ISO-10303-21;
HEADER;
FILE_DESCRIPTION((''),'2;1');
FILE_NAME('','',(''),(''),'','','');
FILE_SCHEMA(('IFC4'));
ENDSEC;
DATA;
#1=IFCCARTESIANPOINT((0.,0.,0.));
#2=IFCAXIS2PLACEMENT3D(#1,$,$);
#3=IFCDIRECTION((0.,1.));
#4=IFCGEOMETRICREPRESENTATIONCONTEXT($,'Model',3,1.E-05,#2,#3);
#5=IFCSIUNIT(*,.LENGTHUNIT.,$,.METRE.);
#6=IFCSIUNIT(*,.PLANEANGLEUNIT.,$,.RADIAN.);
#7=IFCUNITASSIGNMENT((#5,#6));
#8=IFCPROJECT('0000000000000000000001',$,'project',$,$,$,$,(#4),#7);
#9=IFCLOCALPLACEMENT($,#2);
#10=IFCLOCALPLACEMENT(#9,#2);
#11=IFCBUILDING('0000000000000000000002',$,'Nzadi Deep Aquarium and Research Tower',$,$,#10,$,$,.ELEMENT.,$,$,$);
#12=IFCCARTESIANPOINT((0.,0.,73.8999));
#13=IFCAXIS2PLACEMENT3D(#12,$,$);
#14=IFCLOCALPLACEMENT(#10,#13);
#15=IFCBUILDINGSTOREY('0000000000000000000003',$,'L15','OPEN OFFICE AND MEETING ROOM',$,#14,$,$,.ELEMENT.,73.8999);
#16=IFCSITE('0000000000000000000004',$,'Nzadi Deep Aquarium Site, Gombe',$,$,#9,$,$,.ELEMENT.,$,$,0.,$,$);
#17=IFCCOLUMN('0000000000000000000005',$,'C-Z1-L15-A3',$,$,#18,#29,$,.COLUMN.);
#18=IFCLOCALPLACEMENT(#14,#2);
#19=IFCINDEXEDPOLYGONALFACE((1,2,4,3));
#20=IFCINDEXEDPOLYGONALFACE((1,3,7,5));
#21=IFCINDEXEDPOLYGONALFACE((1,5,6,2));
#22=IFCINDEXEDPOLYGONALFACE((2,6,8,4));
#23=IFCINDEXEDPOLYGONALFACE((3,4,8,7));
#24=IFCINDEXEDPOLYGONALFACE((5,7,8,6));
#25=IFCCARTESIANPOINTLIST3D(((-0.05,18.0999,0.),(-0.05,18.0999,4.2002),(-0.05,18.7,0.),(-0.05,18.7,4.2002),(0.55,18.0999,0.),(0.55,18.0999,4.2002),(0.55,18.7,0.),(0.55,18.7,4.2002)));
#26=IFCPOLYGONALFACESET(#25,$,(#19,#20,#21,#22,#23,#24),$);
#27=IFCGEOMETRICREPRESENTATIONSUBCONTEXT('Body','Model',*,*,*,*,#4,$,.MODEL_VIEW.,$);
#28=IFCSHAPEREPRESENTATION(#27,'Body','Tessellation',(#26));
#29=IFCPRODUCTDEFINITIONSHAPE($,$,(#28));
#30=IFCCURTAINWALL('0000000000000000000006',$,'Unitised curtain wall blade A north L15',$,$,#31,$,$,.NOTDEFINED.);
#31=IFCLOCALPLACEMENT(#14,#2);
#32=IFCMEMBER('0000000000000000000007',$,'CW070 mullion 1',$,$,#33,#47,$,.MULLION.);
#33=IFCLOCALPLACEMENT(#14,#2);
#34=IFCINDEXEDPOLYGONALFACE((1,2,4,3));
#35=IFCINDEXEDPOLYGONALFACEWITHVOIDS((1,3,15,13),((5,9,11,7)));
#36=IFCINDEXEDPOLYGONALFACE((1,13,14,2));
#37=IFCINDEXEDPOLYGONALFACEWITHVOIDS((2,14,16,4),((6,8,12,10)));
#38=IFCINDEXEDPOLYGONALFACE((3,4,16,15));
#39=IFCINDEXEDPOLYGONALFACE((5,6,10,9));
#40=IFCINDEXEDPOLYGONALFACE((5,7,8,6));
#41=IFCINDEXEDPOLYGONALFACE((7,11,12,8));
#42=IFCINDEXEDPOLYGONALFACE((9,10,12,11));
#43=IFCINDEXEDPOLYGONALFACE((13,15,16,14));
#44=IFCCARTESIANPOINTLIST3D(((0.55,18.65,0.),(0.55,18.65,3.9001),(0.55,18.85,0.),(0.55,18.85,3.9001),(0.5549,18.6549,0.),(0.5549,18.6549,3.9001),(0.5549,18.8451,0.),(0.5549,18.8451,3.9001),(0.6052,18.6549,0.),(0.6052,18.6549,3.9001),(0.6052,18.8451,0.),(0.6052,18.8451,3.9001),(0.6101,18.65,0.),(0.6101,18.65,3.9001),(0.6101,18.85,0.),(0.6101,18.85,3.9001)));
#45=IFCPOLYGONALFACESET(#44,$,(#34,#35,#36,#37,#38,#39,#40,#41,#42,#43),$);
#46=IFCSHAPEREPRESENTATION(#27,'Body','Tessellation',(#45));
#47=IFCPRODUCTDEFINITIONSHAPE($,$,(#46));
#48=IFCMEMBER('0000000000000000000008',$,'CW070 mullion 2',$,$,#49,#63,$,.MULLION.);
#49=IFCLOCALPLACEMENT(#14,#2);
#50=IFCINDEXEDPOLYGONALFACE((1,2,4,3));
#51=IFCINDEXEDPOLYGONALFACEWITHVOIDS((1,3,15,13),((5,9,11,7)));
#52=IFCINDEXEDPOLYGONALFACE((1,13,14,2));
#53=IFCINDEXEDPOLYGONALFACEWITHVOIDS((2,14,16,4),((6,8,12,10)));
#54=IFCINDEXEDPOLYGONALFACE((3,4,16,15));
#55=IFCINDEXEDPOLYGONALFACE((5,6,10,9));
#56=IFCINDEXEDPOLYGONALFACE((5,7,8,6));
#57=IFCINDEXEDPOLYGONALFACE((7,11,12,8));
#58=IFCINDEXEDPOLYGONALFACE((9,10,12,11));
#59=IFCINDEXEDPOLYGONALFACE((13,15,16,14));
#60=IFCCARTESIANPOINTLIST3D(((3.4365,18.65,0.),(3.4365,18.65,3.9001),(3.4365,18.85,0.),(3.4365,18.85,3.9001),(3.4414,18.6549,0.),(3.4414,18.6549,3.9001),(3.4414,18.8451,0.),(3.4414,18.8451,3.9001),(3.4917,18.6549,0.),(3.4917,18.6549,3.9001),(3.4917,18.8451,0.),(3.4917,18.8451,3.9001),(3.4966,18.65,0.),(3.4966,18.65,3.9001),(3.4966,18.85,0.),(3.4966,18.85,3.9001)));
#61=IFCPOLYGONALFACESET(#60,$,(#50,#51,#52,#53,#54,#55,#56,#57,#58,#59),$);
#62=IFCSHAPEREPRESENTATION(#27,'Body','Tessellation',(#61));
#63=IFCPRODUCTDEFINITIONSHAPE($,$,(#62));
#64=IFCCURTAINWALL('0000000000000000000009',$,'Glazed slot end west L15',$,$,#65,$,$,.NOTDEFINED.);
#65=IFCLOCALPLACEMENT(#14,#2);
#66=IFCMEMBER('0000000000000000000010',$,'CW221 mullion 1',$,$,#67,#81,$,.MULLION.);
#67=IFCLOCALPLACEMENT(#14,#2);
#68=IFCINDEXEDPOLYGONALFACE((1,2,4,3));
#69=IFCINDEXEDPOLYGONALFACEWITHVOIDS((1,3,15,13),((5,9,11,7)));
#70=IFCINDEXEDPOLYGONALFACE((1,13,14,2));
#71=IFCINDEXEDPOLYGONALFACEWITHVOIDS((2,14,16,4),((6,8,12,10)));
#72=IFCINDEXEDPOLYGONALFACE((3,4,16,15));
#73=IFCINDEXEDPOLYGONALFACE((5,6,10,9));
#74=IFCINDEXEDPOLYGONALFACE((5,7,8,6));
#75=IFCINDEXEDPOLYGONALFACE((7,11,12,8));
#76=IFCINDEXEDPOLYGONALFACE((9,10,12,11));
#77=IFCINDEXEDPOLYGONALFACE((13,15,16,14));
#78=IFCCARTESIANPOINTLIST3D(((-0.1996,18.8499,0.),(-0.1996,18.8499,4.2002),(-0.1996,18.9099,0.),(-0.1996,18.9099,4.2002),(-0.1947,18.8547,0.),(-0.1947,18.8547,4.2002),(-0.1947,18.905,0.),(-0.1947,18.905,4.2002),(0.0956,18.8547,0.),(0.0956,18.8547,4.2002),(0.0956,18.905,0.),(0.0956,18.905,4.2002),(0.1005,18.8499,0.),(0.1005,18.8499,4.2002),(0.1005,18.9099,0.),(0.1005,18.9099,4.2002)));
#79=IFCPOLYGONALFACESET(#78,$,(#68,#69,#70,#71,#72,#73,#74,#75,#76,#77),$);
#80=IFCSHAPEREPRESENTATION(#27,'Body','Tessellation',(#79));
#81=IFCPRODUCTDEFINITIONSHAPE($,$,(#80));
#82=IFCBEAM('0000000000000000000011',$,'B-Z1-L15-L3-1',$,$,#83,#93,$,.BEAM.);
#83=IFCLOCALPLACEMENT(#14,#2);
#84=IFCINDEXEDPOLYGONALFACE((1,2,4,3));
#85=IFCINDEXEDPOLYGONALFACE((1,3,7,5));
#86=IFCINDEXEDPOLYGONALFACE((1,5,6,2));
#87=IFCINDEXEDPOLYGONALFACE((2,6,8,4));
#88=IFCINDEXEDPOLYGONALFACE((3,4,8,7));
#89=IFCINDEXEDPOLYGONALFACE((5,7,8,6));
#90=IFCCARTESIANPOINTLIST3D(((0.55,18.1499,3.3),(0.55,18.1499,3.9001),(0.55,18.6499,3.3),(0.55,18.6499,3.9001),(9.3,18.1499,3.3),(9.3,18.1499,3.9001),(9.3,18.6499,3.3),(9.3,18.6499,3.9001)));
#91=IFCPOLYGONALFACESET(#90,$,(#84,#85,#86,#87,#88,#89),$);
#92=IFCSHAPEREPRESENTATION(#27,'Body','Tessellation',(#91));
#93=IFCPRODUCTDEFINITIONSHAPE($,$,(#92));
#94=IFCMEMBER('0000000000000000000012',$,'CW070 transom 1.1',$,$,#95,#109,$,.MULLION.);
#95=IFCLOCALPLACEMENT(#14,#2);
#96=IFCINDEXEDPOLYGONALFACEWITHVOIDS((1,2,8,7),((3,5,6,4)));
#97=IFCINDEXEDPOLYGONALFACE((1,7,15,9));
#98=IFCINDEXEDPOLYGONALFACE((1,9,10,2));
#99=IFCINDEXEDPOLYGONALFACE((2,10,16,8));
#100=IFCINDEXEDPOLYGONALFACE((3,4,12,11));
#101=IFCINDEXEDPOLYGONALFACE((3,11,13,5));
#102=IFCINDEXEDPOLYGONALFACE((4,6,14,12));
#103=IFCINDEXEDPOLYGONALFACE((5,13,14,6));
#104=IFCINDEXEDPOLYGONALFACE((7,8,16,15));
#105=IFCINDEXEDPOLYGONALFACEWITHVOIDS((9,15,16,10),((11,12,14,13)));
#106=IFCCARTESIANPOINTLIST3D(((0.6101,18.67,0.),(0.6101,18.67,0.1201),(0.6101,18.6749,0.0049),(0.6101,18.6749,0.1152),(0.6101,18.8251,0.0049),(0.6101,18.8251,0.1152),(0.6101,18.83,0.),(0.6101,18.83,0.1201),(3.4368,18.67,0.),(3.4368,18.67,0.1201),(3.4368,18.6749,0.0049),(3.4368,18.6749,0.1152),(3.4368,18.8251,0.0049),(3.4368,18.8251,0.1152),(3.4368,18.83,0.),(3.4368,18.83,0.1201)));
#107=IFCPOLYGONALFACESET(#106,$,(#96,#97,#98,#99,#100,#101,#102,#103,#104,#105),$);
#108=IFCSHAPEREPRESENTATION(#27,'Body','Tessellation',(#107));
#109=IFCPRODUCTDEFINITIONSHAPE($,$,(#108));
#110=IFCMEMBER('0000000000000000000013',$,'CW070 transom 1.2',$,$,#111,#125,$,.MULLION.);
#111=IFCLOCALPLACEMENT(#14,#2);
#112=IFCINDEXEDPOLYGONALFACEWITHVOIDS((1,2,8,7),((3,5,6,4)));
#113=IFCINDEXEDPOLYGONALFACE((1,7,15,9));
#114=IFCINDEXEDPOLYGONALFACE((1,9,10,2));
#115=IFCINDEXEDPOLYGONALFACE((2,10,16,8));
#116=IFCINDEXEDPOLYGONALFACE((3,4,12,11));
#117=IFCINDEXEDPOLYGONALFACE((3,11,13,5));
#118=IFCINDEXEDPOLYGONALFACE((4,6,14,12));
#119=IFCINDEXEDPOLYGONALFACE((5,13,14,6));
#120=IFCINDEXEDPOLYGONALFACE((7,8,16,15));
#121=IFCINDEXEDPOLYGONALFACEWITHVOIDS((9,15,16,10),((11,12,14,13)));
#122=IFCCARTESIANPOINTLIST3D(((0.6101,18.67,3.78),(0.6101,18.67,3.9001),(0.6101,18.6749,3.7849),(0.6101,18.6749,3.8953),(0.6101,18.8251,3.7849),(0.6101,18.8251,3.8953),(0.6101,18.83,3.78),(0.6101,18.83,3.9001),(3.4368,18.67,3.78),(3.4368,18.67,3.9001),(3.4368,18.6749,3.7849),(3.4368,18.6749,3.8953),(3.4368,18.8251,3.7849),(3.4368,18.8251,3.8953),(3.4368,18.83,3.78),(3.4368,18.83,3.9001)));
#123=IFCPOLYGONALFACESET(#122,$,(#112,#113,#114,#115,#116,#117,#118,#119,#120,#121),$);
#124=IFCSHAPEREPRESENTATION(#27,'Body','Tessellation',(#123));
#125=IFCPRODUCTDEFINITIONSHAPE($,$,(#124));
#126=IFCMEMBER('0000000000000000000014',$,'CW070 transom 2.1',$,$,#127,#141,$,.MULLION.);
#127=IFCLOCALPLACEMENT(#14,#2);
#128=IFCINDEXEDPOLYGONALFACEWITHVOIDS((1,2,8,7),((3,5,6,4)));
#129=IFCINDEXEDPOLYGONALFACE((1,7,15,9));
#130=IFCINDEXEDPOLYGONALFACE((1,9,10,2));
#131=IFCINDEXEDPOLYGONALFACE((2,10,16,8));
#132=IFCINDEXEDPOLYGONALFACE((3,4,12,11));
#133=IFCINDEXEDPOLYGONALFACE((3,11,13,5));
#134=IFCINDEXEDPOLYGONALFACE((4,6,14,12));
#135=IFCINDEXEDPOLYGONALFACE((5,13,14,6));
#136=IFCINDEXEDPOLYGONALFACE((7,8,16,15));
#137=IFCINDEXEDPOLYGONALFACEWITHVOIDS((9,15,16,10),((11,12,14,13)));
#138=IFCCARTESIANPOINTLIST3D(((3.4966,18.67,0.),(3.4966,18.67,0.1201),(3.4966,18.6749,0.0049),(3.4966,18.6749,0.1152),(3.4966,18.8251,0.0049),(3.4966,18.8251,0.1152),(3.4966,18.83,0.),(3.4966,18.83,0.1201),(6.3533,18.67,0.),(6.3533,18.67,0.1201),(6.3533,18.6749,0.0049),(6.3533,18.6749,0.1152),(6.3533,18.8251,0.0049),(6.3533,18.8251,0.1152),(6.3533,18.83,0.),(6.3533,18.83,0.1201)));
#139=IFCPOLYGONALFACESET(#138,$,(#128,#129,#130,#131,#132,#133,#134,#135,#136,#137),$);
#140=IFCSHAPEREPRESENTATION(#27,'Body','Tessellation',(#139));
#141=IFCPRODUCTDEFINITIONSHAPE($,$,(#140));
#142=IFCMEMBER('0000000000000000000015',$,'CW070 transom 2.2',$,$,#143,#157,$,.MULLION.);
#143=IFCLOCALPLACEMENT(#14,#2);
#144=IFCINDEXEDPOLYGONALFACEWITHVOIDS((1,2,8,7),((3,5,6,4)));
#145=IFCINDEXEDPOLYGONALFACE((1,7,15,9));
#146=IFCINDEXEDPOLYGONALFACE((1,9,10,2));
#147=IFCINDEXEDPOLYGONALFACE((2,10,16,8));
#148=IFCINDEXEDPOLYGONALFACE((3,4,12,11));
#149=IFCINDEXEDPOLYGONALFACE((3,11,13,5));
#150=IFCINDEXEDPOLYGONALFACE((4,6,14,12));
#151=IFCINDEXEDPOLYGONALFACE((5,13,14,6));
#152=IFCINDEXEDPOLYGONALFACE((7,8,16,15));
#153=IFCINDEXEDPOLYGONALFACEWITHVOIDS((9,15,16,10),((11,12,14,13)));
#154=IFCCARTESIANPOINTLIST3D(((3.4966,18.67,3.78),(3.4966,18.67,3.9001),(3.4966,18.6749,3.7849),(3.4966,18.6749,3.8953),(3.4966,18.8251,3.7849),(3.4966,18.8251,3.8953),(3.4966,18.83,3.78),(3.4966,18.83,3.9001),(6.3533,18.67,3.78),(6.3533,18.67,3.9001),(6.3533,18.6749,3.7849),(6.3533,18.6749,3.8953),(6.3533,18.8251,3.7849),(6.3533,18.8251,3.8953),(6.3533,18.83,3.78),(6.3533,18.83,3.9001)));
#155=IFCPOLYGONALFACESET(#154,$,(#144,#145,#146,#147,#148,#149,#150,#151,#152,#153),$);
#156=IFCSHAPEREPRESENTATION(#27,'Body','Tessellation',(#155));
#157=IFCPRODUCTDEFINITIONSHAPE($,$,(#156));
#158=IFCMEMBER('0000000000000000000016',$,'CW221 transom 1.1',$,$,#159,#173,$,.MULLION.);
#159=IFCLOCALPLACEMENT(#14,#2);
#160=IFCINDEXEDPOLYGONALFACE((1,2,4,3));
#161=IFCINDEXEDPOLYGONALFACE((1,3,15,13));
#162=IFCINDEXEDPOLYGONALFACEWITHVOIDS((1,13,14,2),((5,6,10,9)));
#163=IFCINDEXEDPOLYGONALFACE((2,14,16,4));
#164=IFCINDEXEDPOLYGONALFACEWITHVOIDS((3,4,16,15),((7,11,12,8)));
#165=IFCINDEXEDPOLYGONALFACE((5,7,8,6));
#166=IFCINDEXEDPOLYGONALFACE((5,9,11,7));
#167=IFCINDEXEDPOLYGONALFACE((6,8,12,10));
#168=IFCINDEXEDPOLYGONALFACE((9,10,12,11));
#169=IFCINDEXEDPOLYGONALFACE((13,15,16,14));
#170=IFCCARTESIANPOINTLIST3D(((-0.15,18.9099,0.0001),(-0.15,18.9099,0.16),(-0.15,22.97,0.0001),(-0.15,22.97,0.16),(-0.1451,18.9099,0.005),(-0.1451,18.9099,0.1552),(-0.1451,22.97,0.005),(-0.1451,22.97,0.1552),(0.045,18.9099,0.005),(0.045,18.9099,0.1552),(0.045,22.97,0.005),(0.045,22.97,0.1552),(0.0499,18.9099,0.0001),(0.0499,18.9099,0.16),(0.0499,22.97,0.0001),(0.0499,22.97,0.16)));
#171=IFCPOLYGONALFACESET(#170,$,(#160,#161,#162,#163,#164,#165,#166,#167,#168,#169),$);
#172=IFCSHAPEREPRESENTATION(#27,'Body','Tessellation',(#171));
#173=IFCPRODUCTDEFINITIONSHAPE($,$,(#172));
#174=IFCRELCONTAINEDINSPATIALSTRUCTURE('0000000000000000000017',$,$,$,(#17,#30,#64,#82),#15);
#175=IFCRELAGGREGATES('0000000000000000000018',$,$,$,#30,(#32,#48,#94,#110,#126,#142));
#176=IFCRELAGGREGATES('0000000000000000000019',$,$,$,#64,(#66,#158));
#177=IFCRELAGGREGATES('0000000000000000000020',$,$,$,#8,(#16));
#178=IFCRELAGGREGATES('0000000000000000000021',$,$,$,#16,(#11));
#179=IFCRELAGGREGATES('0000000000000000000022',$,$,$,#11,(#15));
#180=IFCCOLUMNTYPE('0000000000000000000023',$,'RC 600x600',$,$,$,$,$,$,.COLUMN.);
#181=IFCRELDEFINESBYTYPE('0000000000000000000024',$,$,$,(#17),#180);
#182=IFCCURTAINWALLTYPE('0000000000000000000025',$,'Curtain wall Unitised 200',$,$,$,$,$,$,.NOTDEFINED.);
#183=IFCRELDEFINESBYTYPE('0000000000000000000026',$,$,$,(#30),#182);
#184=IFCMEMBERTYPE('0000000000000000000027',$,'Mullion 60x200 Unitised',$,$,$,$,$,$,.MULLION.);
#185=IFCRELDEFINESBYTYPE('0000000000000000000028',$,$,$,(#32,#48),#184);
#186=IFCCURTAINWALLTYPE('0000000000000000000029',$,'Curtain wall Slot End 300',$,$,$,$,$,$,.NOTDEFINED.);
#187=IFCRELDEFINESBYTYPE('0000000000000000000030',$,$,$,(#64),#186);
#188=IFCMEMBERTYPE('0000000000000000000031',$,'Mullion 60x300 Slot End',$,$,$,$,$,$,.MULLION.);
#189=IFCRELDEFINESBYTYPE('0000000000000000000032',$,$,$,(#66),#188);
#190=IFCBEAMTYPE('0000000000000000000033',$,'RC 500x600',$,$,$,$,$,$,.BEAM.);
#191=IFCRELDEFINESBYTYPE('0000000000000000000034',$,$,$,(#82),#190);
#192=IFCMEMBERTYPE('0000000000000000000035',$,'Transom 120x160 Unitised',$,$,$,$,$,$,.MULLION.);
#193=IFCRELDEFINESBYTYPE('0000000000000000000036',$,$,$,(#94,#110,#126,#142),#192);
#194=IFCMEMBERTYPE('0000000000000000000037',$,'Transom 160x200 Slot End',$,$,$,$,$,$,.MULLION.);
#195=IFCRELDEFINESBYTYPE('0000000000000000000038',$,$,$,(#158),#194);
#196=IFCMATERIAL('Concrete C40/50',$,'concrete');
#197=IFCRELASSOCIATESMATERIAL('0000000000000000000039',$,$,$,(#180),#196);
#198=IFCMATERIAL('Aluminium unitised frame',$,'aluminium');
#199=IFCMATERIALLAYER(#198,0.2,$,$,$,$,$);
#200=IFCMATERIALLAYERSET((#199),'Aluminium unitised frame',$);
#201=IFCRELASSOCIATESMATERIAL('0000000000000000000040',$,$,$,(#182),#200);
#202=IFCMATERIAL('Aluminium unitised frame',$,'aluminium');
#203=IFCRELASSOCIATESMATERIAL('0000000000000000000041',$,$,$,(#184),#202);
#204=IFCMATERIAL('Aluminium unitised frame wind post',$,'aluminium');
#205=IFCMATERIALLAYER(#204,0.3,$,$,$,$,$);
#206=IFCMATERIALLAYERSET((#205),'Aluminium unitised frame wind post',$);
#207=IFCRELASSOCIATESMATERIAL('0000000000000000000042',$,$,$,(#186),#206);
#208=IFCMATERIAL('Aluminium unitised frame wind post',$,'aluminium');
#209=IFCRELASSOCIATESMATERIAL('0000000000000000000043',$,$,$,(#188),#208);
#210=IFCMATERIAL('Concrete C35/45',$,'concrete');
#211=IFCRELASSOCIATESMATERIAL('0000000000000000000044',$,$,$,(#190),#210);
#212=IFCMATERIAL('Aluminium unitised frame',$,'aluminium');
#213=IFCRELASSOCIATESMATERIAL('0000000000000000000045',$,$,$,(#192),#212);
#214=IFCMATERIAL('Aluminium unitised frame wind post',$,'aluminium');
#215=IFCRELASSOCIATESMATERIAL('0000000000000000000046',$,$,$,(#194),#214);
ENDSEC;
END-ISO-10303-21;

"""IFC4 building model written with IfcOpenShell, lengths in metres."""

from ifc_helpers import new_model, si_unit, direction, frame, origin, origin_2d, place, context, subcontext, project, spatial, rectangle, hollow_rectangle, extrude, material, layer, layer_set, material_profile, profile_set, type_object, element, aggregate, save


model = new_model("IFC4")

# Units and contexts
model_context = context("Model", 3, precision=1e-05, world=origin(), true_north=direction((0.0, 1.0)))
body_context = subcontext(model_context, "Body", "Model", "MODEL_VIEW")
ifc_project = project(units=[si_unit("LENGTHUNIT", "METRE"), si_unit("PLANEANGLEUNIT", "RADIAN")], contexts=[model_context])

# Site, building, storey
site_placement = place(None, origin())
site = spatial("IfcSite", under=ifc_project, at=site_placement, Name="Nzadi Deep Aquarium Site, Gombe", CompositionType="ELEMENT", RefElevation=0.0)
building_placement = place(site_placement, origin())
building = spatial("IfcBuilding", under=site, at=building_placement, Name="Nzadi Deep Aquarium and Research Tower", CompositionType="ELEMENT")
storey_placement = place(building_placement, frame((0.0, 0.0, 73.8999)))
storey = spatial("IfcBuildingStorey", under=building, at=storey_placement, Name="L15", Description="OPEN OFFICE AND MEETING ROOM", CompositionType="ELEMENT", Elevation=73.8999)

# Column
ifc_material_1 = material(Name="Concrete C40/50", Category="concrete")
ifc_material_profile_1 = material_profile(ifc_material_1, rectangle(XDim=0.6001, YDim=0.6001, at=origin_2d()))
ifc_profile_set_1 = profile_set([ifc_material_profile_1], Name="Concrete C40/50")
column_type = type_object("IfcColumnType", Name="RC 600x600", PredefinedType="COLUMN", material=ifc_profile_set_1)
column_placement = place(storey_placement, frame((0.25, 18.3999, 0.0), z_axis=(0.0, 0.0, 1.0), x_axis=(1.0, 0.0, 0.0)))
element("IfcColumn", 1, at=column_placement, inside=storey, type_object=column_type, Name="C-Z1-L15-A3", PredefinedType="COLUMN", context=body_context, shape_type="SweptSolid", body=[
    extrude(rectangle(XDim=0.6001, YDim=0.6001, at=origin_2d()), origin(), (0.0, 0.0, 1.0), 4.2002),
])

# Curtain wall, members
ifc_material_2 = material(Name="Aluminium unitised frame", Category="aluminium")
ifc_layer_1 = layer(ifc_material_2, 0.2)
ifc_layer_set_1 = layer_set([ifc_layer_1], Name="Aluminium unitised frame")
curtain_wall_type_1 = type_object("IfcCurtainWallType", Name="Curtain wall Unitised 200", PredefinedType="NOTDEFINED", material=ifc_layer_set_1)
curtain_wall_1_placement = place(storey_placement, origin())
curtain_wall_1 = element("IfcCurtainWall", 2, at=curtain_wall_1_placement, inside=storey, type_object=curtain_wall_type_1, Name="Unitised curtain wall blade A north L15", PredefinedType="NOTDEFINED")
ifc_material_3 = material(Name="Aluminium unitised frame", Category="aluminium")
ifc_material_profile_2 = material_profile(ifc_material_3, hollow_rectangle(XDim=0.2, YDim=0.0601, WallThickness=0.0049, at=origin_2d()))
ifc_profile_set_2 = profile_set([ifc_material_profile_2], Name="Aluminium unitised frame")
member_type_1 = type_object("IfcMemberType", Name="Mullion 60x200 Unitised", PredefinedType="MULLION", material=ifc_profile_set_2)
member_1_placement = place(storey_placement, frame((0.5801, 18.75, 0.0), z_axis=(0.0, 0.0, 1.0), x_axis=(0.0, 1.0, 0.0)))
member_1 = element("IfcMember", 3, at=member_1_placement, type_object=member_type_1, Name="CW070 mullion 1", PredefinedType="MULLION", context=body_context, shape_type="SweptSolid", body=[
    extrude(hollow_rectangle(XDim=0.2, YDim=0.0601, WallThickness=0.0049, at=origin_2d()), origin(), (0.0, 0.0, 1.0), 3.9001),
])
member_2_placement = place(storey_placement, frame((3.4666, 18.75, 0.0), z_axis=(0.0, 0.0, 1.0), x_axis=(0.0, 1.0, 0.0)))
member_2 = element("IfcMember", 4, at=member_2_placement, type_object=member_type_1, Name="CW070 mullion 2", PredefinedType="MULLION", context=body_context, shape_type="SweptSolid", body=[
    extrude(hollow_rectangle(XDim=0.2, YDim=0.0601, WallThickness=0.0049, at=origin_2d()), origin(), (0.0, 0.0, 1.0), 3.9001),
])

# Curtain wall, member
ifc_material_4 = material(Name="Aluminium unitised frame wind post", Category="aluminium")
ifc_layer_2 = layer(ifc_material_4, 0.3)
ifc_layer_set_2 = layer_set([ifc_layer_2], Name="Aluminium unitised frame wind post")
curtain_wall_type_2 = type_object("IfcCurtainWallType", Name="Curtain wall Slot End 300", PredefinedType="NOTDEFINED", material=ifc_layer_set_2)
curtain_wall_2_placement = place(storey_placement, origin())
curtain_wall_2 = element("IfcCurtainWall", 5, at=curtain_wall_2_placement, inside=storey, type_object=curtain_wall_type_2, Name="Glazed slot end west L15", PredefinedType="NOTDEFINED")
ifc_material_5 = material(Name="Aluminium unitised frame wind post", Category="aluminium")
ifc_material_profile_3 = material_profile(ifc_material_5, hollow_rectangle(XDim=0.3, YDim=0.0601, WallThickness=0.0049, at=origin_2d()))
ifc_profile_set_3 = profile_set([ifc_material_profile_3], Name="Aluminium unitised frame wind post")
member_type_2 = type_object("IfcMemberType", Name="Mullion 60x300 Slot End", PredefinedType="MULLION", material=ifc_profile_set_3)
member_3_placement = place(storey_placement, frame((-0.0496, 18.8799, 0.0), z_axis=(0.0, 0.0, 1.0), x_axis=(-1.0, 0.0, 0.0)))
member_3 = element("IfcMember", 6, at=member_3_placement, type_object=member_type_2, Name="CW221 mullion 1", PredefinedType="MULLION", context=body_context, shape_type="SweptSolid", body=[
    extrude(hollow_rectangle(XDim=0.3, YDim=0.0601, WallThickness=0.0049, at=origin_2d()), origin(), (0.0, 0.0, 1.0), 4.2002),
])

# Beam
ifc_material_6 = material(Name="Concrete C35/45", Category="concrete")
ifc_material_profile_4 = material_profile(ifc_material_6, rectangle(XDim=0.5, YDim=0.6001, at=origin_2d()))
ifc_profile_set_4 = profile_set([ifc_material_profile_4], Name="Concrete C35/45")
beam_type = type_object("IfcBeamType", Name="RC 500x600", PredefinedType="BEAM", material=ifc_profile_set_4)
beam_placement = place(storey_placement, frame((0.55, 18.3999, 3.6001), z_axis=(1.0, 0.0, 0.0), x_axis=(0.0, 1.0, 0.0)))
element("IfcBeam", 7, at=beam_placement, inside=storey, type_object=beam_type, Name="B-Z1-L15-L3-1", PredefinedType="BEAM", context=body_context, shape_type="SweptSolid", body=[
    extrude(rectangle(XDim=0.5, YDim=0.6001, at=origin_2d()), origin(), (0.0, 0.0, 1.0), 8.75),
])

# Members
ifc_material_7 = material(Name="Aluminium unitised frame", Category="aluminium")
ifc_material_profile_5 = material_profile(ifc_material_7, hollow_rectangle(XDim=0.1599, YDim=0.1201, WallThickness=0.0049, at=origin_2d()))
ifc_profile_set_5 = profile_set([ifc_material_profile_5], Name="Aluminium unitised frame")
member_type_3 = type_object("IfcMemberType", Name="Transom 120x160 Unitised", PredefinedType="MULLION", material=ifc_profile_set_5)
member_4_placement = place(storey_placement, frame((0.6101, 18.75, 0.0601), z_axis=(1.0, 0.0, 0.0), x_axis=(0.0, 1.0, 0.0)))
member_4 = element("IfcMember", 8, at=member_4_placement, type_object=member_type_3, Name="CW070 transom 1.1", PredefinedType="MULLION", context=body_context, shape_type="SweptSolid", body=[
    extrude(hollow_rectangle(XDim=0.1599, YDim=0.1201, WallThickness=0.0049, at=origin_2d()), origin(), (0.0, 0.0, 1.0), 2.8267),
])
member_5_placement = place(storey_placement, frame((0.6101, 18.75, 3.8401), z_axis=(1.0, 0.0, 0.0), x_axis=(0.0, 1.0, 0.0)))
member_5 = element("IfcMember", 9, at=member_5_placement, type_object=member_type_3, Name="CW070 transom 1.2", PredefinedType="MULLION", context=body_context, shape_type="SweptSolid", body=[
    extrude(hollow_rectangle(XDim=0.1599, YDim=0.1201, WallThickness=0.0049, at=origin_2d()), origin(), (0.0, 0.0, 1.0), 2.8267),
])
member_6_placement = place(storey_placement, frame((3.4966, 18.75, 0.0601), z_axis=(1.0, 0.0, 0.0), x_axis=(0.0, 1.0, 0.0)))
member_6 = element("IfcMember", 10, at=member_6_placement, type_object=member_type_3, Name="CW070 transom 2.1", PredefinedType="MULLION", context=body_context, shape_type="SweptSolid", body=[
    extrude(hollow_rectangle(XDim=0.1599, YDim=0.1201, WallThickness=0.0049, at=origin_2d()), origin(), (0.0, 0.0, 1.0), 2.8567),
])
member_7_placement = place(storey_placement, frame((3.4966, 18.75, 3.8401), z_axis=(1.0, 0.0, 0.0), x_axis=(0.0, 1.0, 0.0)))
member_7 = element("IfcMember", 11, at=member_7_placement, type_object=member_type_3, Name="CW070 transom 2.2", PredefinedType="MULLION", context=body_context, shape_type="SweptSolid", body=[
    extrude(hollow_rectangle(XDim=0.1599, YDim=0.1201, WallThickness=0.0049, at=origin_2d()), origin(), (0.0, 0.0, 1.0), 2.8567),
])
ifc_material_8 = material(Name="Aluminium unitised frame wind post", Category="aluminium")
ifc_material_profile_6 = material_profile(ifc_material_8, hollow_rectangle(XDim=0.2, YDim=0.1599, WallThickness=0.0049, at=origin_2d()))
ifc_profile_set_6 = profile_set([ifc_material_profile_6], Name="Aluminium unitised frame wind post")
member_type_4 = type_object("IfcMemberType", Name="Transom 160x200 Slot End", PredefinedType="MULLION", material=ifc_profile_set_6)
member_8_placement = place(storey_placement, frame((-0.05, 18.9099, 0.0801), z_axis=(0.0, 1.0, 0.0), x_axis=(-1.0, 0.0, 0.0)))
member_8 = element("IfcMember", 12, at=member_8_placement, type_object=member_type_4, Name="CW221 transom 1.1", PredefinedType="MULLION", context=body_context, shape_type="SweptSolid", body=[
    extrude(hollow_rectangle(XDim=0.2, YDim=0.1599, WallThickness=0.0049, at=origin_2d()), origin(), (0.0, 0.0, 1.0), 4.0601),
])

aggregate(curtain_wall_1, [member_1, member_2, member_4, member_5, member_6, member_7])
aggregate(curtain_wall_2, [member_3, member_8])

save(model, "model.ifc")
